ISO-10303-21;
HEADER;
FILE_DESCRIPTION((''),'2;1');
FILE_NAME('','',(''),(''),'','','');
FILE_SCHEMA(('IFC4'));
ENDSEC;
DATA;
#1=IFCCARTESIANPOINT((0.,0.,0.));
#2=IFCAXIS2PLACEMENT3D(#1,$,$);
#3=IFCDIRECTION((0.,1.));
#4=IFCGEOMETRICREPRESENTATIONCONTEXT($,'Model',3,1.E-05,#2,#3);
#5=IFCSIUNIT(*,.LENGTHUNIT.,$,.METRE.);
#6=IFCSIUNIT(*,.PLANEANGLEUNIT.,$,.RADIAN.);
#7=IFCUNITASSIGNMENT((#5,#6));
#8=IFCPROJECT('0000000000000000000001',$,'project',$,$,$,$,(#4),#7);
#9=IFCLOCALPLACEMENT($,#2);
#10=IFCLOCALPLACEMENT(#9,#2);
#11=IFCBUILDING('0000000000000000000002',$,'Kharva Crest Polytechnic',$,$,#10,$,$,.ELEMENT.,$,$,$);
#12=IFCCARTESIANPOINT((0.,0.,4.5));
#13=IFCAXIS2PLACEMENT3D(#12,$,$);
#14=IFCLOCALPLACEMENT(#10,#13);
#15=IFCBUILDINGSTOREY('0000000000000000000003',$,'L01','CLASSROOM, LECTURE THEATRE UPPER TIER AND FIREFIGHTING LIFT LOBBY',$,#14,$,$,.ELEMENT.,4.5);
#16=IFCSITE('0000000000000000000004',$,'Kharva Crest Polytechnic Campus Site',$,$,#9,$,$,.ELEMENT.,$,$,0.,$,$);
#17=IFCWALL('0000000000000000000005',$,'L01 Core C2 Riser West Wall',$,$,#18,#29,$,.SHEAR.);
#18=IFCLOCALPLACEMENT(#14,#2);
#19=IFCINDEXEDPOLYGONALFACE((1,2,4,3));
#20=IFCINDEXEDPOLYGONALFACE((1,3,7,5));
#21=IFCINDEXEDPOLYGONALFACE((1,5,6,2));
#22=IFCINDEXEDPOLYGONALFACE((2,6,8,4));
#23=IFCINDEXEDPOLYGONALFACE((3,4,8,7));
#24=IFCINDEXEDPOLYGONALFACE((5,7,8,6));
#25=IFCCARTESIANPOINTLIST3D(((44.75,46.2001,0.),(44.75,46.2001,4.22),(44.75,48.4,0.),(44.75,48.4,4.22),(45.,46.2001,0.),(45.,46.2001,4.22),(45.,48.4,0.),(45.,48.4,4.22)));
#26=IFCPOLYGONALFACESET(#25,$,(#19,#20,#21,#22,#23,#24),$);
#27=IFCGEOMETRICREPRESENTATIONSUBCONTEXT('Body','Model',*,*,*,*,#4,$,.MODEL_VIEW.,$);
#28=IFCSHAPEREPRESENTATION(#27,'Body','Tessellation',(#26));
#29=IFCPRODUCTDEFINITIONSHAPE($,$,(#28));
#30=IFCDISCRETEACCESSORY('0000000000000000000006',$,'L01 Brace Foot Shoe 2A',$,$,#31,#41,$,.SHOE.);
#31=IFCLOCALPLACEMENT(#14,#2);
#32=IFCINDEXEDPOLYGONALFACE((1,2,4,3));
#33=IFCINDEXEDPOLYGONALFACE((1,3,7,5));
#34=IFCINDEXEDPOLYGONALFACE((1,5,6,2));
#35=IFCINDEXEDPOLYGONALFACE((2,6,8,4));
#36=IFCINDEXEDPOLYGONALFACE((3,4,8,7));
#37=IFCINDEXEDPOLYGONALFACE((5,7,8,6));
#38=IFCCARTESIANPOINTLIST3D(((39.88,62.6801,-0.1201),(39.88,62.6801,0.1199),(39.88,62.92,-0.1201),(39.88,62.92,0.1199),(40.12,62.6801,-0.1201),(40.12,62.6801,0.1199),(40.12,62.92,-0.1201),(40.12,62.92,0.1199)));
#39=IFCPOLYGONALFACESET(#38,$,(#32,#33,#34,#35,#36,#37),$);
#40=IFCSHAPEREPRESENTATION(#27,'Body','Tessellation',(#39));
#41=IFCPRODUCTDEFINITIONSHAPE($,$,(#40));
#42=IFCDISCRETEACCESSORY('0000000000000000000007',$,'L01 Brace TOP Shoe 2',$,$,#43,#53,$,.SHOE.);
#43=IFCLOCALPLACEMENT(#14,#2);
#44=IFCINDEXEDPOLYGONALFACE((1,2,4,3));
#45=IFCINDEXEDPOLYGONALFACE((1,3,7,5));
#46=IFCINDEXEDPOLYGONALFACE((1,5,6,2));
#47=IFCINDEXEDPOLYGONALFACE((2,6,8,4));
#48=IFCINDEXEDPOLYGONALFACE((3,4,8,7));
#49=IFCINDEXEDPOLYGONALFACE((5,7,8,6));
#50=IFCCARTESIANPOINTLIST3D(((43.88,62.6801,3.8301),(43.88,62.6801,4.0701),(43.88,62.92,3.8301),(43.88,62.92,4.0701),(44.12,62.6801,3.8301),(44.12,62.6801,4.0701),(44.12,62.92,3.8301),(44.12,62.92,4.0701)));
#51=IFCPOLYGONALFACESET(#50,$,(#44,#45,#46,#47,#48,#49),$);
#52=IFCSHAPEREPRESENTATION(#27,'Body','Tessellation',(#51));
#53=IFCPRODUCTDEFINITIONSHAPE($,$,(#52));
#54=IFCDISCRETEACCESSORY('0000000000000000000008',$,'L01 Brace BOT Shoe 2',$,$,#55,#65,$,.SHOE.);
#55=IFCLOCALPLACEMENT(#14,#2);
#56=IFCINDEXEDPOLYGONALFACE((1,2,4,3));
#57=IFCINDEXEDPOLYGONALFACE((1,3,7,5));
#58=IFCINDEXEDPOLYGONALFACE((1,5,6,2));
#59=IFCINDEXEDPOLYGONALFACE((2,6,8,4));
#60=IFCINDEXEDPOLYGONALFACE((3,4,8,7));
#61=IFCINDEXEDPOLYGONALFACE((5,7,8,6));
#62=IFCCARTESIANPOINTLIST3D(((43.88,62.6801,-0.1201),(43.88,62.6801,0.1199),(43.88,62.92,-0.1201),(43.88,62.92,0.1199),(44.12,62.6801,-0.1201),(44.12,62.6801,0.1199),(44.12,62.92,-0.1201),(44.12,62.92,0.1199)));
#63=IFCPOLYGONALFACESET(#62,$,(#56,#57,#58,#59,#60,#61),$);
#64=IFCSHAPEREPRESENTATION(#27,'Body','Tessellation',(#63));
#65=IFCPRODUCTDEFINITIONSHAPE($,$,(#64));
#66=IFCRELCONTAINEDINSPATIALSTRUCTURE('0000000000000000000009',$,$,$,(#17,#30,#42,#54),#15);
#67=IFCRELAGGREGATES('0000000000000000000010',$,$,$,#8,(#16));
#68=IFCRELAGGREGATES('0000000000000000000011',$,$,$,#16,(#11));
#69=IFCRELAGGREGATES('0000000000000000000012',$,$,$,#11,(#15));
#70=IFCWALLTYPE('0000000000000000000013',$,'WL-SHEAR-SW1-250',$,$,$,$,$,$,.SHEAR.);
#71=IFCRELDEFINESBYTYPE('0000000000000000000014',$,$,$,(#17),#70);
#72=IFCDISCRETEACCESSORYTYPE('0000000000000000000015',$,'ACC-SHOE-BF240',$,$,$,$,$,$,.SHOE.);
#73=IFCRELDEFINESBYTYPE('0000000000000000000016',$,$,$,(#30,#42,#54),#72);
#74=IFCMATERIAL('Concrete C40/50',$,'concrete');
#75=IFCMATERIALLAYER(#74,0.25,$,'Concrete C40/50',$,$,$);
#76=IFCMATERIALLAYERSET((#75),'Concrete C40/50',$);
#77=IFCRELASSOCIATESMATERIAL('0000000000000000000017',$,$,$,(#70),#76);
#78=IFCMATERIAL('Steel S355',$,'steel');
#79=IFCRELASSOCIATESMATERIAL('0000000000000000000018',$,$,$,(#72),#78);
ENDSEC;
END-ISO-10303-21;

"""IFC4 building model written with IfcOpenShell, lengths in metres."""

from ifc_helpers import new_model, si_unit, direction, frame, frame_2d, origin, origin_2d, place, context, subcontext, project, spatial, rectangle, extrude, material, layer, layer_set, type_object, element, save


model = new_model("IFC4")

# Units and contexts
model_context = context("Model", 3, precision=1e-05, world=origin(), true_north=direction((0.0, 1.0)))
body_context = subcontext(model_context, "Body", "Model", "MODEL_VIEW")
ifc_project = project(units=[si_unit("LENGTHUNIT", "METRE"), si_unit("PLANEANGLEUNIT", "RADIAN")], contexts=[model_context])

# Site, building, storey
site_placement = place(None, origin())
site = spatial("IfcSite", under=ifc_project, at=site_placement, Name="Kharva Crest Polytechnic Campus Site", CompositionType="ELEMENT", RefElevation=0.0)
building_placement = place(site_placement, origin())
building = spatial("IfcBuilding", under=site, at=building_placement, Name="Kharva Crest Polytechnic", CompositionType="ELEMENT")
storey_placement = place(building_placement, frame((0.0, 0.0, 4.5)))
storey = spatial("IfcBuildingStorey", under=building, at=storey_placement, Name="L01", Description="CLASSROOM, LECTURE THEATRE UPPER TIER AND FIREFIGHTING LIFT LOBBY", CompositionType="ELEMENT", Elevation=4.5)

# Shared definitions
ifc_material_1 = material(Name="Concrete C40/50", Category="concrete")

# Shared definitions
ifc_material_2 = material(Name="Steel S355", Category="steel")

# Shared definitions
ifc_layer_1 = layer(ifc_material_1, 0.25, Name="Concrete C40/50")
ifc_layer_set_1 = layer_set([ifc_layer_1], Name="Concrete C40/50")
wall_type_1 = type_object("IfcWallType", Name="WL-SHEAR-SW1-250", PredefinedType="SHEAR", material=ifc_layer_set_1)

# Wall
wall_1_placement = place(storey_placement, frame((44.875, 46.2, 0.0), z_axis=(0.0, 0.0, 1.0), x_axis=(0.0, 1.0, 0.0)))
element("IfcWall", 1, at=wall_1_placement, inside=storey, type_object=wall_type_1, Name="L01 Core C2 Riser West Wall", PredefinedType="SHEAR", context=body_context, shape_type="SweptSolid", body=[
    extrude(rectangle(XDim=2.2, YDim=0.25, at=frame_2d((1.1001, 0.0))), origin(), (0.0, 0.0, 1.0), 4.22),
])

# Discrete accessories
discrete_accessory_type = type_object("IfcDiscreteAccessoryType", Name="ACC-SHOE-BF240", PredefinedType="SHOE", material=ifc_material_2)
for number, where, z_axis, x_axis, name in (
    (2, (40.0, 62.8, -0.1201), (0.0, 0.0, 1.0), (1.0, 0.0, 0.0), "L01 Brace Foot Shoe 2A"),
    (3, (44.0, 62.8, 3.8301), (0.0, 0.0, 1.0), (1.0, 0.0, 0.0), "L01 Brace TOP Shoe 2"),
    (4, (44.0, 62.8, -0.1201), (0.0, 0.0, 1.0), (1.0, 0.0, 0.0), "L01 Brace BOT Shoe 2"),
):
    element("IfcDiscreteAccessory", number, at=place(storey_placement, frame(where, z_axis=z_axis, x_axis=x_axis)), inside=storey, type_object=discrete_accessory_type, Name=name, PredefinedType="SHOE", context=body_context, shape_type="SweptSolid", body=[
        extrude(rectangle(XDim=0.24, YDim=0.24, at=origin_2d()), origin(), (0.0, 0.0, 1.0), 0.24),
    ])

save(model, "model.ifc")
